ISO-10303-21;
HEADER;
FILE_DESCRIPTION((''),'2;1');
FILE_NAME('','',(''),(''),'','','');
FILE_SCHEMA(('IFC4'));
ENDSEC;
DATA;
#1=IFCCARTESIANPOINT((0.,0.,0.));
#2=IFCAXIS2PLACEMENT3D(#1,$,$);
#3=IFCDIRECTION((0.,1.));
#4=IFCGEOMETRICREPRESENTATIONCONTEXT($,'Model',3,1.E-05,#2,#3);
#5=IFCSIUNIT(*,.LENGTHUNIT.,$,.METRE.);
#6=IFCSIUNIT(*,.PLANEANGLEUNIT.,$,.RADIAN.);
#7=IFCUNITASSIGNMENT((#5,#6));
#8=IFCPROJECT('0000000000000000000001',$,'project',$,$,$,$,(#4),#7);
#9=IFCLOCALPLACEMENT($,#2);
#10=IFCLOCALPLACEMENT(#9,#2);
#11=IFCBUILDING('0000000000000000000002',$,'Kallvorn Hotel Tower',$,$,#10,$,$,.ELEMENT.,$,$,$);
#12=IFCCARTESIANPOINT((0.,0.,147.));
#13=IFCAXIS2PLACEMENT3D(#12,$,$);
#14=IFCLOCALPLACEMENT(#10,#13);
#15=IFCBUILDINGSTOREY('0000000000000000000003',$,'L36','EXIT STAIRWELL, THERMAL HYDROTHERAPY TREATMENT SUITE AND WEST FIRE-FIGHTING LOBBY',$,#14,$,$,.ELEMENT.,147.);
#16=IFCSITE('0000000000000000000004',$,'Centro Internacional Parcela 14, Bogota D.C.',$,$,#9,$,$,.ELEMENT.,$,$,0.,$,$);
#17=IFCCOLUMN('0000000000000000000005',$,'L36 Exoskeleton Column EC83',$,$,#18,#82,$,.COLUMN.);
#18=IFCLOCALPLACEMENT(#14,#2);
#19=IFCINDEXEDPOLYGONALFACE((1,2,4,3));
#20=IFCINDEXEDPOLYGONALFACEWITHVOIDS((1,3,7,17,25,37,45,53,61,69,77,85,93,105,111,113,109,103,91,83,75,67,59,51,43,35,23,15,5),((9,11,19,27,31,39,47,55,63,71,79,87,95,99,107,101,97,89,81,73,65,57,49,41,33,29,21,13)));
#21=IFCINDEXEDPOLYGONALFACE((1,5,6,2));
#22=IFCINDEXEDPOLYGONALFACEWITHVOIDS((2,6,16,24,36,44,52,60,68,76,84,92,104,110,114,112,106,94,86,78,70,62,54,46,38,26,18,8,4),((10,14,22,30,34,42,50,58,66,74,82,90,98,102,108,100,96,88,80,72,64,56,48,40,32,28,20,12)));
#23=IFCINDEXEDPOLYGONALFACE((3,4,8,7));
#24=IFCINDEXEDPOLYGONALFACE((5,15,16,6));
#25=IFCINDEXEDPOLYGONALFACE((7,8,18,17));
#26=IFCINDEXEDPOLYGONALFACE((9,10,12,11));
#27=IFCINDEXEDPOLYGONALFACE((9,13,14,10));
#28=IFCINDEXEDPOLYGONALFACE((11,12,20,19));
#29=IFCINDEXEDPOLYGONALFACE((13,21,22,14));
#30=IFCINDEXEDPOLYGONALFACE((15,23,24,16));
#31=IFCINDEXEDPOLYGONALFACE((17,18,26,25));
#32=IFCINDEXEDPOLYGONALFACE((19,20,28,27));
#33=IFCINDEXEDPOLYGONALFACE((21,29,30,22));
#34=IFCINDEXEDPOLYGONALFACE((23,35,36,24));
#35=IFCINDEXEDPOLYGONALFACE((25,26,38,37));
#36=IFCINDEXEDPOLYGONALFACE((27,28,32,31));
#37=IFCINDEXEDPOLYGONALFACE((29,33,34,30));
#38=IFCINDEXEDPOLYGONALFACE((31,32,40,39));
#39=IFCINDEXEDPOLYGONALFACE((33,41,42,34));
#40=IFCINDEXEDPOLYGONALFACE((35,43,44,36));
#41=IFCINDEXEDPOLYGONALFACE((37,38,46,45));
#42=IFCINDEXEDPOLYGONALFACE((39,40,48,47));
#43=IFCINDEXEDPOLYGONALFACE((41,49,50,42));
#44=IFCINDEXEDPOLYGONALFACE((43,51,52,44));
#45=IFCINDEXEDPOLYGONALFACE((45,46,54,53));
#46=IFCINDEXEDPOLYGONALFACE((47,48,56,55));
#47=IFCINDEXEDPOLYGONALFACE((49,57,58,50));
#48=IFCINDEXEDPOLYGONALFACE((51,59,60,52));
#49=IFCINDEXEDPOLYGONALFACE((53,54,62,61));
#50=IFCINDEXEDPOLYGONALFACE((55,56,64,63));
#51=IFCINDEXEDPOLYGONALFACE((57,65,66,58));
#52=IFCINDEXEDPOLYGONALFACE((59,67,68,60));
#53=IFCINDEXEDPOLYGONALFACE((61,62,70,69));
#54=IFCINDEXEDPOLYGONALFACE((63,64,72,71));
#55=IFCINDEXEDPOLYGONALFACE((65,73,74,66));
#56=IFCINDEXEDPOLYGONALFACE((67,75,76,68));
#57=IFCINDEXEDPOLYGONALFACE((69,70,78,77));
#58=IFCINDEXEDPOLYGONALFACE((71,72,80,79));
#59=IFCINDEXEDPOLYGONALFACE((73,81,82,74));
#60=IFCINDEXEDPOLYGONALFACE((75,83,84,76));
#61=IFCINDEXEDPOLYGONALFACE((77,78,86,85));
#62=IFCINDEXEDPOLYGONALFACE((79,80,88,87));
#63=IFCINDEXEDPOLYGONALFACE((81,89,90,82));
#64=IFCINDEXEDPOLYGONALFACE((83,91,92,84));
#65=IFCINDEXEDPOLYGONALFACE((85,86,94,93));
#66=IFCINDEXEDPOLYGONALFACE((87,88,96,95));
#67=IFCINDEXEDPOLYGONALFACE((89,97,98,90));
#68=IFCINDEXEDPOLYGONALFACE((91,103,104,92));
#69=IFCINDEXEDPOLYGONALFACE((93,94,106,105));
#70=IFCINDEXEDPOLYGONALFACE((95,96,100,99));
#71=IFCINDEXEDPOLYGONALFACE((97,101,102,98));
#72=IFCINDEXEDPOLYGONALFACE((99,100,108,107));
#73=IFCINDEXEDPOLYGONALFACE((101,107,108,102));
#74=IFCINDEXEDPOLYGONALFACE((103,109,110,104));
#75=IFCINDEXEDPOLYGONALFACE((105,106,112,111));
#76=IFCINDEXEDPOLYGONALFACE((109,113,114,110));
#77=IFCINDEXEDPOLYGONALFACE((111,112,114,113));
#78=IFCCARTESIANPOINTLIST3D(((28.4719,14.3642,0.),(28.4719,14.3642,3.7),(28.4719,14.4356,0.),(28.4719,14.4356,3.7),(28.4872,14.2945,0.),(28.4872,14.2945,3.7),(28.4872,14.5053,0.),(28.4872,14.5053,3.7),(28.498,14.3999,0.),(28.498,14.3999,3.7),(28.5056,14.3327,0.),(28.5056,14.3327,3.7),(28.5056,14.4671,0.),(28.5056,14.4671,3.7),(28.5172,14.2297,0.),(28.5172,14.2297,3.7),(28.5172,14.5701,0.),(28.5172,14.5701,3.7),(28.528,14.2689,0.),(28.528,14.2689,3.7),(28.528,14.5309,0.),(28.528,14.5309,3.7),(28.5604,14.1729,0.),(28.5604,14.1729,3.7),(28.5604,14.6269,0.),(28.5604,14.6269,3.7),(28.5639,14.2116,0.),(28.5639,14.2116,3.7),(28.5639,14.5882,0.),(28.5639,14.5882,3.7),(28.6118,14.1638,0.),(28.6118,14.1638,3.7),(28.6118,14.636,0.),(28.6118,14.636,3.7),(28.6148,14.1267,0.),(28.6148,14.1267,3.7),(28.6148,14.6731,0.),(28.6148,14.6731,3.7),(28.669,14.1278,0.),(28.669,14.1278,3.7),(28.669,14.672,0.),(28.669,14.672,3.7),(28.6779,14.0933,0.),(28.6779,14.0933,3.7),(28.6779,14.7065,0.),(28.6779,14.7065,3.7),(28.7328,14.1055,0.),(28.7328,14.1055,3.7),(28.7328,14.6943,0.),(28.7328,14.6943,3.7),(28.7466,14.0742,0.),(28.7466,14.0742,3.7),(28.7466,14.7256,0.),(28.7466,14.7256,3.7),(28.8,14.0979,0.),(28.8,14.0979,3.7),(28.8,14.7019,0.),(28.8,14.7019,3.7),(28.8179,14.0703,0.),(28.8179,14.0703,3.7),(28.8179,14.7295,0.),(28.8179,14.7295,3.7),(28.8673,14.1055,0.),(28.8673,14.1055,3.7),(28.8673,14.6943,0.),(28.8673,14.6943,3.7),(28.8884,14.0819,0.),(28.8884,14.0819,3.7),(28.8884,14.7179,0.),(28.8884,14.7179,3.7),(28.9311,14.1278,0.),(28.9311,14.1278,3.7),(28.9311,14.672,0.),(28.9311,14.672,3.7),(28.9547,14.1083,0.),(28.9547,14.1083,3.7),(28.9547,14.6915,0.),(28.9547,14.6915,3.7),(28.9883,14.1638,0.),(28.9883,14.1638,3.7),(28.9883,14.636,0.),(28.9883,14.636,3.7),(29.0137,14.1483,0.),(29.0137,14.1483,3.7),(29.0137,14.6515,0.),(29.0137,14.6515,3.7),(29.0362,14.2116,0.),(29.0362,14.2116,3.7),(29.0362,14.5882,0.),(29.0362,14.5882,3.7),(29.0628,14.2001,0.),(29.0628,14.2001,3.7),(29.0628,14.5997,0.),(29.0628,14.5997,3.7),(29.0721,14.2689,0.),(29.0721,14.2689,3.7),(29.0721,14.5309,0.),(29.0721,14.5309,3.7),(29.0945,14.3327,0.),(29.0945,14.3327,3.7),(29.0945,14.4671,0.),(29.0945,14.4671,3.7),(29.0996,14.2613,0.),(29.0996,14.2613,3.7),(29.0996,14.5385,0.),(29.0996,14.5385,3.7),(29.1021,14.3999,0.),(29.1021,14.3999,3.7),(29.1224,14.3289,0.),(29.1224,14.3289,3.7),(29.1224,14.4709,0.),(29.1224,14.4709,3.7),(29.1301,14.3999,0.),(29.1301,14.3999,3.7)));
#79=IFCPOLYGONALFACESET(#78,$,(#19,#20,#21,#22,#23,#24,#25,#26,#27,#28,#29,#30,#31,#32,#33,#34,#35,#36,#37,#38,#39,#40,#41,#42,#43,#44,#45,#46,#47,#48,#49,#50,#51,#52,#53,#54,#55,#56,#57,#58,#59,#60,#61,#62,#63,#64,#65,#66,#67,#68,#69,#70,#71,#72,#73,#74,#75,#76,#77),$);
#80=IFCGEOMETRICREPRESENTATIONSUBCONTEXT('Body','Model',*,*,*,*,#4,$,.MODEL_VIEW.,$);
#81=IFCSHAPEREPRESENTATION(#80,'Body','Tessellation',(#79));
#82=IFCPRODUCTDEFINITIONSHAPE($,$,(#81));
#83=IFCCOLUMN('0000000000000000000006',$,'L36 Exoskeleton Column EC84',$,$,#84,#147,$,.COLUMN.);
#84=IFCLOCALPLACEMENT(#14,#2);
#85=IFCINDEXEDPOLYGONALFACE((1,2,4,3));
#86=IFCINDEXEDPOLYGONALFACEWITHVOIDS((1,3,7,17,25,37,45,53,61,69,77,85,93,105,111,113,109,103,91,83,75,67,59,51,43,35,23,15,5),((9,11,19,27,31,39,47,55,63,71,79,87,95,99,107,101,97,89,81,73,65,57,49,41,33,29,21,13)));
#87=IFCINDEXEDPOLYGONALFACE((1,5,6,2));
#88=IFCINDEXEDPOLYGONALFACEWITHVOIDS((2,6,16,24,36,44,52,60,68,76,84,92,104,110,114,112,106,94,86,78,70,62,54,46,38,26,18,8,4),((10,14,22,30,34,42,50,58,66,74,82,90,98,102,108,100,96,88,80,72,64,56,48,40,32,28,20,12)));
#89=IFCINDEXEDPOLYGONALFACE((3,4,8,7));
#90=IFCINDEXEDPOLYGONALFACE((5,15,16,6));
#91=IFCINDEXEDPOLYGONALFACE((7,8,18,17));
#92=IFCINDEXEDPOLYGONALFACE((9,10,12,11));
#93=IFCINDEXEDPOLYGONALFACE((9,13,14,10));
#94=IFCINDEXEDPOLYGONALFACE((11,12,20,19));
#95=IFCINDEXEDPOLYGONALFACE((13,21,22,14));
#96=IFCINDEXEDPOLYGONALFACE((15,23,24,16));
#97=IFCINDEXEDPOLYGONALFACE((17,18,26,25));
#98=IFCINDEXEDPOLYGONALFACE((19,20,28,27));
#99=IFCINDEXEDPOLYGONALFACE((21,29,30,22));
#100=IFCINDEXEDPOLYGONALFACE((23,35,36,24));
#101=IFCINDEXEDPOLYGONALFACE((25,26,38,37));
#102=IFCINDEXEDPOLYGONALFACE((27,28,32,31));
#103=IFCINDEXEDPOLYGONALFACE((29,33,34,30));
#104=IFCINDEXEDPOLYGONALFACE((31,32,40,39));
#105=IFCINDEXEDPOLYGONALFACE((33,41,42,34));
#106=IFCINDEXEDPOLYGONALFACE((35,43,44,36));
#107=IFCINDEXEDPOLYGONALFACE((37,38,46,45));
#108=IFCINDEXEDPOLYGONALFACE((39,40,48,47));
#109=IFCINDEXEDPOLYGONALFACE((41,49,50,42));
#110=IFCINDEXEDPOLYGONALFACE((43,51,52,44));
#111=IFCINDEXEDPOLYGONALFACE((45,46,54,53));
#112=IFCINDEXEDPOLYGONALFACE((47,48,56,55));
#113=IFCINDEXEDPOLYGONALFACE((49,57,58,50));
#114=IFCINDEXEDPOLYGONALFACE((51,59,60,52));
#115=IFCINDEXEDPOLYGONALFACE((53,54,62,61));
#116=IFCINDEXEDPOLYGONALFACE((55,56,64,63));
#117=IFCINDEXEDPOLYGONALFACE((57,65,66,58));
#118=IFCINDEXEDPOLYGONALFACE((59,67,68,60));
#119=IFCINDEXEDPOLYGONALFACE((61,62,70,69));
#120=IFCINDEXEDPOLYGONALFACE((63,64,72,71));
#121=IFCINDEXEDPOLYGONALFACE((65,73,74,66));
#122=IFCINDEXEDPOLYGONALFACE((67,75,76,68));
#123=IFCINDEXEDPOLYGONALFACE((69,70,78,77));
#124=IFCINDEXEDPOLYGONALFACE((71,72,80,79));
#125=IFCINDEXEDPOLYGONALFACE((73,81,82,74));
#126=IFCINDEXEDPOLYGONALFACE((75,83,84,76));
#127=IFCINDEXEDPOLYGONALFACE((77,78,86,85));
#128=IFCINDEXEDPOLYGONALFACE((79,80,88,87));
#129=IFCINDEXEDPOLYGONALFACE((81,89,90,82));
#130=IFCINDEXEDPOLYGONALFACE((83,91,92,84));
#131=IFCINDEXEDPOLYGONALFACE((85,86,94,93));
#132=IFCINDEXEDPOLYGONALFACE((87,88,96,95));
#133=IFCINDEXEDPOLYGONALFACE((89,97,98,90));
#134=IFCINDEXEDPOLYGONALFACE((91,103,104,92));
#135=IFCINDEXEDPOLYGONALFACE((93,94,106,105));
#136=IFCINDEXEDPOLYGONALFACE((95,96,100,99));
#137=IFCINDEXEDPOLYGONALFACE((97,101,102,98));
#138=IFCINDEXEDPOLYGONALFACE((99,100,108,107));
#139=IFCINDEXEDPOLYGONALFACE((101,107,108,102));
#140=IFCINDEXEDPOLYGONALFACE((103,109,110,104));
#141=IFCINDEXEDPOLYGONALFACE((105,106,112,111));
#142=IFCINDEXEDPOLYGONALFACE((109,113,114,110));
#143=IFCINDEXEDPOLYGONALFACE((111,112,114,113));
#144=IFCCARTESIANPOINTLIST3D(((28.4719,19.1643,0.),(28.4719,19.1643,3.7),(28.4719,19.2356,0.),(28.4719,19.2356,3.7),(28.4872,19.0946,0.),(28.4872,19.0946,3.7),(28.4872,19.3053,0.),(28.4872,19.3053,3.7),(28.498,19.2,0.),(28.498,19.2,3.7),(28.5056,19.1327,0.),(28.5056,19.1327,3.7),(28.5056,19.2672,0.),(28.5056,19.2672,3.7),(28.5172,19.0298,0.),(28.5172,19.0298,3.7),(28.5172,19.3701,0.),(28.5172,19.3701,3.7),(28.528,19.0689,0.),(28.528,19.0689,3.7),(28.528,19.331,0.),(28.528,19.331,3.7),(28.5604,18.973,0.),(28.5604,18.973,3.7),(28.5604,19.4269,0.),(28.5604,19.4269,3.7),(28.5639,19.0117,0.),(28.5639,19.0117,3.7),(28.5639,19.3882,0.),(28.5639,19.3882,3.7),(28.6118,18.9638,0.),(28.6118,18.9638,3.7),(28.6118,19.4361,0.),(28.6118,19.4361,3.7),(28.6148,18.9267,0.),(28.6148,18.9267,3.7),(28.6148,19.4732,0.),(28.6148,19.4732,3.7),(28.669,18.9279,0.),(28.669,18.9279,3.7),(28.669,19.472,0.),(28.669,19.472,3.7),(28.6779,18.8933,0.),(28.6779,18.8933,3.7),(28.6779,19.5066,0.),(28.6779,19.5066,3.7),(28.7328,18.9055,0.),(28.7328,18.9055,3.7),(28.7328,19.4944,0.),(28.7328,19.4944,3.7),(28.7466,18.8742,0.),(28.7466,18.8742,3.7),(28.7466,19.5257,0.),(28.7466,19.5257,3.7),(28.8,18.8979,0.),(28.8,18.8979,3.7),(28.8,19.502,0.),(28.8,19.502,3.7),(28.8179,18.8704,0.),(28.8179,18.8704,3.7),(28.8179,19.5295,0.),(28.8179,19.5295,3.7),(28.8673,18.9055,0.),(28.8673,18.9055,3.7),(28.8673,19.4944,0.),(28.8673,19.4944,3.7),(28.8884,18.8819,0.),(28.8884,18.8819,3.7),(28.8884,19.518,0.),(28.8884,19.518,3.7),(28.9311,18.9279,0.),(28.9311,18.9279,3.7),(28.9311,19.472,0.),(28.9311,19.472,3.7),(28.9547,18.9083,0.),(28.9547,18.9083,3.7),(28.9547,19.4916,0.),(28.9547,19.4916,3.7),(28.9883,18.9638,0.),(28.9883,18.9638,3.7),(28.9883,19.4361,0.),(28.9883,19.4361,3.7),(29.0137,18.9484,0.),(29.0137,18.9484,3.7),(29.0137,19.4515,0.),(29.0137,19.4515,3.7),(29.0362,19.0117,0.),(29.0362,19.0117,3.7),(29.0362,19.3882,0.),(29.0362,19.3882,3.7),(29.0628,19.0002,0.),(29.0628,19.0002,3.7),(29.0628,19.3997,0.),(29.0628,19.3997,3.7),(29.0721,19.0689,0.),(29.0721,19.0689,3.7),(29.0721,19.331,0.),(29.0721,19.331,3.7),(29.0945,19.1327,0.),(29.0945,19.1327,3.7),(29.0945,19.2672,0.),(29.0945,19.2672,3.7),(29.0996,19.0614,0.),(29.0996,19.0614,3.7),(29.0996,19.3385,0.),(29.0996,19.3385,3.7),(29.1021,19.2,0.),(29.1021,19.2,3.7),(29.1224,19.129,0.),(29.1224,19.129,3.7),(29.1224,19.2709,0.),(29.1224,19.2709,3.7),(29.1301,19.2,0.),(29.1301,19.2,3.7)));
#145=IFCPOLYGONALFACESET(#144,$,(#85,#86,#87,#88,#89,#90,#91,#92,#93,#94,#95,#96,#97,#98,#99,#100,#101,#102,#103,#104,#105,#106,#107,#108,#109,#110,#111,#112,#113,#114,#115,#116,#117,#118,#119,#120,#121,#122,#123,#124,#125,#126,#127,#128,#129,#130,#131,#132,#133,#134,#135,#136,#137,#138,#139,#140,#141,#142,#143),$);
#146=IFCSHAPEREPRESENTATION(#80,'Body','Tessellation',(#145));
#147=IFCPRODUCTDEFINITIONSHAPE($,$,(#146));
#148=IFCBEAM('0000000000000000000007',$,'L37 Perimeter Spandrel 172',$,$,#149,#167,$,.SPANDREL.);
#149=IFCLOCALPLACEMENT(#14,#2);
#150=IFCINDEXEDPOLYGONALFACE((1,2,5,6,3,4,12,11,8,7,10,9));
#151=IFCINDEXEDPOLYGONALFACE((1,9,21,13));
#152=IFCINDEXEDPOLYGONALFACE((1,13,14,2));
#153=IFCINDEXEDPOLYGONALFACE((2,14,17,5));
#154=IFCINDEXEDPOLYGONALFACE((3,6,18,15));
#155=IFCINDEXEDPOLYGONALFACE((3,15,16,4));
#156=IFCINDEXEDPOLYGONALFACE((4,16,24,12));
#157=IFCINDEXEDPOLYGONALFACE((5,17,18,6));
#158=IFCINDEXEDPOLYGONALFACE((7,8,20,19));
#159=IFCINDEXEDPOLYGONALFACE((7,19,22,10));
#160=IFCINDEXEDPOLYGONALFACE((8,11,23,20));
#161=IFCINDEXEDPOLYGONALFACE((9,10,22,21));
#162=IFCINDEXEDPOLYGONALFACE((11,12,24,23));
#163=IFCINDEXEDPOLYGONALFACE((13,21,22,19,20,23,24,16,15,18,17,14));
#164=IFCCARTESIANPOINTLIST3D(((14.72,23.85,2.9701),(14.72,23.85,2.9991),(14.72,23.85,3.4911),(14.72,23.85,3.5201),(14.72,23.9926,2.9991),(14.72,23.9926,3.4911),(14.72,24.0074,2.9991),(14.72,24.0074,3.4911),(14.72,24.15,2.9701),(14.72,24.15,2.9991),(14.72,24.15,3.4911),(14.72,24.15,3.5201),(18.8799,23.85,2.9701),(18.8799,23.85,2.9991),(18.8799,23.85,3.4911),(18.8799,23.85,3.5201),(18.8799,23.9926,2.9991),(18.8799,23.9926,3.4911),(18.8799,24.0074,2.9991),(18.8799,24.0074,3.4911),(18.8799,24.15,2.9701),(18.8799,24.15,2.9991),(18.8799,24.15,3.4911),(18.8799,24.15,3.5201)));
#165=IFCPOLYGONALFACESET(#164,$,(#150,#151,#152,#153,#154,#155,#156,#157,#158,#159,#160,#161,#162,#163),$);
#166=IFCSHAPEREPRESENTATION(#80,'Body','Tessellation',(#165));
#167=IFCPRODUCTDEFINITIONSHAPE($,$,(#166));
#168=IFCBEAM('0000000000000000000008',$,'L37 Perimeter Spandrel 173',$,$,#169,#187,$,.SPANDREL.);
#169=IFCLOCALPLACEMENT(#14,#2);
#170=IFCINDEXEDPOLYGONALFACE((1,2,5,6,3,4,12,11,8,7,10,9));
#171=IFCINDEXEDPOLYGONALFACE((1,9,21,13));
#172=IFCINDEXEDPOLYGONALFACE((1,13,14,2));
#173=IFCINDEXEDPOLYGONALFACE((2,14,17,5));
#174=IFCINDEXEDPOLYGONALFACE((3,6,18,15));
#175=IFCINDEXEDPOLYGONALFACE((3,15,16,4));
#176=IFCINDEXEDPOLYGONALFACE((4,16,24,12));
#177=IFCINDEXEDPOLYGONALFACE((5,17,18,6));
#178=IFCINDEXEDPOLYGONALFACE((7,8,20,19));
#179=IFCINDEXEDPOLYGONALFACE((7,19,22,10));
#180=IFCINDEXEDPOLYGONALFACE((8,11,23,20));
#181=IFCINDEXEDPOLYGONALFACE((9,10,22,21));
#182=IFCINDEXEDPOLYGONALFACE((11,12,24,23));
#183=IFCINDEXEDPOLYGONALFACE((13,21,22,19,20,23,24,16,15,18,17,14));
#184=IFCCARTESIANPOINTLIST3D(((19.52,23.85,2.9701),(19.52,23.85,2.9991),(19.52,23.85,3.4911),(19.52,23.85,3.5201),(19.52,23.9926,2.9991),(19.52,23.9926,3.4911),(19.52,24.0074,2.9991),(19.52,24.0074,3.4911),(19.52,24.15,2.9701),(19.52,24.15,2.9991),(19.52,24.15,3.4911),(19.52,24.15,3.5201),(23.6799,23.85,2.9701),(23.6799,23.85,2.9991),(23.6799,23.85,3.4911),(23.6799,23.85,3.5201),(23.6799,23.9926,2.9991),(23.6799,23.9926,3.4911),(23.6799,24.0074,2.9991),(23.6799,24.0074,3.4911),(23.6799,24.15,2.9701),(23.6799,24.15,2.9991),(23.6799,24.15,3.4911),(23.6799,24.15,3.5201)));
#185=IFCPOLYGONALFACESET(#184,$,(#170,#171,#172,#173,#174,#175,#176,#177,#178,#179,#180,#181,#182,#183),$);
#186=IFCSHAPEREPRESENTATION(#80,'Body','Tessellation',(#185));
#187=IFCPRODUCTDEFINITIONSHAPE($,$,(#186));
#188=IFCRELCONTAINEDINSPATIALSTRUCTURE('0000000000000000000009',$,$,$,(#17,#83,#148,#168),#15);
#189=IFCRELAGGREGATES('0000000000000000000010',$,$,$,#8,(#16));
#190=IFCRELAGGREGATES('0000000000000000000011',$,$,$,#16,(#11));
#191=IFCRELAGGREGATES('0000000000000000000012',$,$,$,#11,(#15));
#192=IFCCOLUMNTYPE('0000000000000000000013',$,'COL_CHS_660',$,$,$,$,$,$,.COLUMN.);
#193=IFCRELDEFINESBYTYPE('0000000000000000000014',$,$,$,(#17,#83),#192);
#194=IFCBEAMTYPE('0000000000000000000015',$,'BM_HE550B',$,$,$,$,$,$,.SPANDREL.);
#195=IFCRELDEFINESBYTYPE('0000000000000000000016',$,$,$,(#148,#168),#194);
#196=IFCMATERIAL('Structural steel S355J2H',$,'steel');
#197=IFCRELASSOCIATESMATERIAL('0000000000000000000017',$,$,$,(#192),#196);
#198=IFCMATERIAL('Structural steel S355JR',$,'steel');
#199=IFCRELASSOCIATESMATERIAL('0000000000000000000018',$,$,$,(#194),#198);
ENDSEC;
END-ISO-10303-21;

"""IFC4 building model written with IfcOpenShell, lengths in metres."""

from ifc_helpers import new_model, si_unit, direction, frame, origin, origin_2d, place, context, subcontext, project, spatial, hollow_circle, i_section, extrude, material, material_profile, profile_set, type_object, element, save


model = new_model("IFC4")

# Units and contexts
model_context = context("Model", 3, precision=1e-05, world=origin(), true_north=direction((0.0, 1.0)))
body_context = subcontext(model_context, "Body", "Model", "MODEL_VIEW")
ifc_project = project(units=[si_unit("LENGTHUNIT", "METRE"), si_unit("PLANEANGLEUNIT", "RADIAN")], contexts=[model_context])

# Site, building, storey
site_placement = place(None, origin())
site = spatial("IfcSite", under=ifc_project, at=site_placement, Name="Centro Internacional Parcela 14, Bogota D.C.", CompositionType="ELEMENT", RefElevation=0.0)
building_placement = place(site_placement, origin())
building = spatial("IfcBuilding", under=site, at=building_placement, Name="Kallvorn Hotel Tower", CompositionType="ELEMENT")
storey_placement = place(building_placement, frame((0.0, 0.0, 147.0)))
storey = spatial("IfcBuildingStorey", under=building, at=storey_placement, Name="L36", Description="EXIT STAIRWELL, THERMAL HYDROTHERAPY TREATMENT SUITE AND WEST FIRE-FIGHTING LOBBY", CompositionType="ELEMENT", Elevation=147.0)

# Columns
ifc_material_1 = material(Name="Structural steel S355J2H", Category="steel")
ifc_material_profile_1 = material_profile(ifc_material_1, hollow_circle(Radius=0.3301, WallThickness=0.0281, at=origin_2d()), Name="CHS 660x28")
ifc_profile_set_1 = profile_set([ifc_material_profile_1], Name="Structural steel S355J2H")
column_type = type_object("IfcColumnType", Name="COL_CHS_660", PredefinedType="COLUMN", material=ifc_profile_set_1)
for number, where, z_axis, x_axis, name in (
    (1, (28.8, 14.3999, 0.0), (0.0, 0.0, 1.0), (1.0, 0.0, 0.0), "L36 Exoskeleton Column EC83"),
    (2, (28.8, 19.2, 0.0), (0.0, 0.0, 1.0), (1.0, 0.0, 0.0), "L36 Exoskeleton Column EC84"),
):
    element("IfcColumn", number, at=place(storey_placement, frame(where, z_axis=z_axis, x_axis=x_axis)), inside=storey, type_object=column_type, Name=name, PredefinedType="COLUMN", context=body_context, shape_type="SweptSolid", body=[
        extrude(hollow_circle(Radius=0.3301, WallThickness=0.0281, at=origin_2d()), origin(), (0.0, 0.0, 1.0), 3.7),
    ])

# Beams
ifc_material_2 = material(Name="Structural steel S355JR", Category="steel")
ifc_material_profile_2 = material_profile(ifc_material_2, i_section(OverallWidth=0.3, OverallDepth=0.55, WebThickness=0.0149, FlangeThickness=0.0291, at=origin_2d()), Name="HE 550 B")
ifc_profile_set_2 = profile_set([ifc_material_profile_2], Name="Structural steel S355JR")
beam_type_1 = type_object("IfcBeamType", Name="BM_HE550B", PredefinedType="SPANDREL", material=ifc_profile_set_2)
for number, where, z_axis, x_axis, name in (
    (3, (14.72, 24.0, 3.2451), (1.0, 0.0, 0.0), (0.0, 1.0, 0.0), "L37 Perimeter Spandrel 172"),
    (4, (19.52, 24.0, 3.2451), (1.0, 0.0, 0.0), (0.0, 1.0, 0.0), "L37 Perimeter Spandrel 173"),
):
    element("IfcBeam", number, at=place(storey_placement, frame(where, z_axis=z_axis, x_axis=x_axis)), inside=storey, type_object=beam_type_1, Name=name, PredefinedType="SPANDREL", context=body_context, shape_type="SweptSolid", body=[
        extrude(i_section(OverallWidth=0.3, OverallDepth=0.55, WebThickness=0.0149, FlangeThickness=0.0291, at=origin_2d()), origin(), (0.0, 0.0, 1.0), 4.1599),
    ])

save(model, "model.ifc")
